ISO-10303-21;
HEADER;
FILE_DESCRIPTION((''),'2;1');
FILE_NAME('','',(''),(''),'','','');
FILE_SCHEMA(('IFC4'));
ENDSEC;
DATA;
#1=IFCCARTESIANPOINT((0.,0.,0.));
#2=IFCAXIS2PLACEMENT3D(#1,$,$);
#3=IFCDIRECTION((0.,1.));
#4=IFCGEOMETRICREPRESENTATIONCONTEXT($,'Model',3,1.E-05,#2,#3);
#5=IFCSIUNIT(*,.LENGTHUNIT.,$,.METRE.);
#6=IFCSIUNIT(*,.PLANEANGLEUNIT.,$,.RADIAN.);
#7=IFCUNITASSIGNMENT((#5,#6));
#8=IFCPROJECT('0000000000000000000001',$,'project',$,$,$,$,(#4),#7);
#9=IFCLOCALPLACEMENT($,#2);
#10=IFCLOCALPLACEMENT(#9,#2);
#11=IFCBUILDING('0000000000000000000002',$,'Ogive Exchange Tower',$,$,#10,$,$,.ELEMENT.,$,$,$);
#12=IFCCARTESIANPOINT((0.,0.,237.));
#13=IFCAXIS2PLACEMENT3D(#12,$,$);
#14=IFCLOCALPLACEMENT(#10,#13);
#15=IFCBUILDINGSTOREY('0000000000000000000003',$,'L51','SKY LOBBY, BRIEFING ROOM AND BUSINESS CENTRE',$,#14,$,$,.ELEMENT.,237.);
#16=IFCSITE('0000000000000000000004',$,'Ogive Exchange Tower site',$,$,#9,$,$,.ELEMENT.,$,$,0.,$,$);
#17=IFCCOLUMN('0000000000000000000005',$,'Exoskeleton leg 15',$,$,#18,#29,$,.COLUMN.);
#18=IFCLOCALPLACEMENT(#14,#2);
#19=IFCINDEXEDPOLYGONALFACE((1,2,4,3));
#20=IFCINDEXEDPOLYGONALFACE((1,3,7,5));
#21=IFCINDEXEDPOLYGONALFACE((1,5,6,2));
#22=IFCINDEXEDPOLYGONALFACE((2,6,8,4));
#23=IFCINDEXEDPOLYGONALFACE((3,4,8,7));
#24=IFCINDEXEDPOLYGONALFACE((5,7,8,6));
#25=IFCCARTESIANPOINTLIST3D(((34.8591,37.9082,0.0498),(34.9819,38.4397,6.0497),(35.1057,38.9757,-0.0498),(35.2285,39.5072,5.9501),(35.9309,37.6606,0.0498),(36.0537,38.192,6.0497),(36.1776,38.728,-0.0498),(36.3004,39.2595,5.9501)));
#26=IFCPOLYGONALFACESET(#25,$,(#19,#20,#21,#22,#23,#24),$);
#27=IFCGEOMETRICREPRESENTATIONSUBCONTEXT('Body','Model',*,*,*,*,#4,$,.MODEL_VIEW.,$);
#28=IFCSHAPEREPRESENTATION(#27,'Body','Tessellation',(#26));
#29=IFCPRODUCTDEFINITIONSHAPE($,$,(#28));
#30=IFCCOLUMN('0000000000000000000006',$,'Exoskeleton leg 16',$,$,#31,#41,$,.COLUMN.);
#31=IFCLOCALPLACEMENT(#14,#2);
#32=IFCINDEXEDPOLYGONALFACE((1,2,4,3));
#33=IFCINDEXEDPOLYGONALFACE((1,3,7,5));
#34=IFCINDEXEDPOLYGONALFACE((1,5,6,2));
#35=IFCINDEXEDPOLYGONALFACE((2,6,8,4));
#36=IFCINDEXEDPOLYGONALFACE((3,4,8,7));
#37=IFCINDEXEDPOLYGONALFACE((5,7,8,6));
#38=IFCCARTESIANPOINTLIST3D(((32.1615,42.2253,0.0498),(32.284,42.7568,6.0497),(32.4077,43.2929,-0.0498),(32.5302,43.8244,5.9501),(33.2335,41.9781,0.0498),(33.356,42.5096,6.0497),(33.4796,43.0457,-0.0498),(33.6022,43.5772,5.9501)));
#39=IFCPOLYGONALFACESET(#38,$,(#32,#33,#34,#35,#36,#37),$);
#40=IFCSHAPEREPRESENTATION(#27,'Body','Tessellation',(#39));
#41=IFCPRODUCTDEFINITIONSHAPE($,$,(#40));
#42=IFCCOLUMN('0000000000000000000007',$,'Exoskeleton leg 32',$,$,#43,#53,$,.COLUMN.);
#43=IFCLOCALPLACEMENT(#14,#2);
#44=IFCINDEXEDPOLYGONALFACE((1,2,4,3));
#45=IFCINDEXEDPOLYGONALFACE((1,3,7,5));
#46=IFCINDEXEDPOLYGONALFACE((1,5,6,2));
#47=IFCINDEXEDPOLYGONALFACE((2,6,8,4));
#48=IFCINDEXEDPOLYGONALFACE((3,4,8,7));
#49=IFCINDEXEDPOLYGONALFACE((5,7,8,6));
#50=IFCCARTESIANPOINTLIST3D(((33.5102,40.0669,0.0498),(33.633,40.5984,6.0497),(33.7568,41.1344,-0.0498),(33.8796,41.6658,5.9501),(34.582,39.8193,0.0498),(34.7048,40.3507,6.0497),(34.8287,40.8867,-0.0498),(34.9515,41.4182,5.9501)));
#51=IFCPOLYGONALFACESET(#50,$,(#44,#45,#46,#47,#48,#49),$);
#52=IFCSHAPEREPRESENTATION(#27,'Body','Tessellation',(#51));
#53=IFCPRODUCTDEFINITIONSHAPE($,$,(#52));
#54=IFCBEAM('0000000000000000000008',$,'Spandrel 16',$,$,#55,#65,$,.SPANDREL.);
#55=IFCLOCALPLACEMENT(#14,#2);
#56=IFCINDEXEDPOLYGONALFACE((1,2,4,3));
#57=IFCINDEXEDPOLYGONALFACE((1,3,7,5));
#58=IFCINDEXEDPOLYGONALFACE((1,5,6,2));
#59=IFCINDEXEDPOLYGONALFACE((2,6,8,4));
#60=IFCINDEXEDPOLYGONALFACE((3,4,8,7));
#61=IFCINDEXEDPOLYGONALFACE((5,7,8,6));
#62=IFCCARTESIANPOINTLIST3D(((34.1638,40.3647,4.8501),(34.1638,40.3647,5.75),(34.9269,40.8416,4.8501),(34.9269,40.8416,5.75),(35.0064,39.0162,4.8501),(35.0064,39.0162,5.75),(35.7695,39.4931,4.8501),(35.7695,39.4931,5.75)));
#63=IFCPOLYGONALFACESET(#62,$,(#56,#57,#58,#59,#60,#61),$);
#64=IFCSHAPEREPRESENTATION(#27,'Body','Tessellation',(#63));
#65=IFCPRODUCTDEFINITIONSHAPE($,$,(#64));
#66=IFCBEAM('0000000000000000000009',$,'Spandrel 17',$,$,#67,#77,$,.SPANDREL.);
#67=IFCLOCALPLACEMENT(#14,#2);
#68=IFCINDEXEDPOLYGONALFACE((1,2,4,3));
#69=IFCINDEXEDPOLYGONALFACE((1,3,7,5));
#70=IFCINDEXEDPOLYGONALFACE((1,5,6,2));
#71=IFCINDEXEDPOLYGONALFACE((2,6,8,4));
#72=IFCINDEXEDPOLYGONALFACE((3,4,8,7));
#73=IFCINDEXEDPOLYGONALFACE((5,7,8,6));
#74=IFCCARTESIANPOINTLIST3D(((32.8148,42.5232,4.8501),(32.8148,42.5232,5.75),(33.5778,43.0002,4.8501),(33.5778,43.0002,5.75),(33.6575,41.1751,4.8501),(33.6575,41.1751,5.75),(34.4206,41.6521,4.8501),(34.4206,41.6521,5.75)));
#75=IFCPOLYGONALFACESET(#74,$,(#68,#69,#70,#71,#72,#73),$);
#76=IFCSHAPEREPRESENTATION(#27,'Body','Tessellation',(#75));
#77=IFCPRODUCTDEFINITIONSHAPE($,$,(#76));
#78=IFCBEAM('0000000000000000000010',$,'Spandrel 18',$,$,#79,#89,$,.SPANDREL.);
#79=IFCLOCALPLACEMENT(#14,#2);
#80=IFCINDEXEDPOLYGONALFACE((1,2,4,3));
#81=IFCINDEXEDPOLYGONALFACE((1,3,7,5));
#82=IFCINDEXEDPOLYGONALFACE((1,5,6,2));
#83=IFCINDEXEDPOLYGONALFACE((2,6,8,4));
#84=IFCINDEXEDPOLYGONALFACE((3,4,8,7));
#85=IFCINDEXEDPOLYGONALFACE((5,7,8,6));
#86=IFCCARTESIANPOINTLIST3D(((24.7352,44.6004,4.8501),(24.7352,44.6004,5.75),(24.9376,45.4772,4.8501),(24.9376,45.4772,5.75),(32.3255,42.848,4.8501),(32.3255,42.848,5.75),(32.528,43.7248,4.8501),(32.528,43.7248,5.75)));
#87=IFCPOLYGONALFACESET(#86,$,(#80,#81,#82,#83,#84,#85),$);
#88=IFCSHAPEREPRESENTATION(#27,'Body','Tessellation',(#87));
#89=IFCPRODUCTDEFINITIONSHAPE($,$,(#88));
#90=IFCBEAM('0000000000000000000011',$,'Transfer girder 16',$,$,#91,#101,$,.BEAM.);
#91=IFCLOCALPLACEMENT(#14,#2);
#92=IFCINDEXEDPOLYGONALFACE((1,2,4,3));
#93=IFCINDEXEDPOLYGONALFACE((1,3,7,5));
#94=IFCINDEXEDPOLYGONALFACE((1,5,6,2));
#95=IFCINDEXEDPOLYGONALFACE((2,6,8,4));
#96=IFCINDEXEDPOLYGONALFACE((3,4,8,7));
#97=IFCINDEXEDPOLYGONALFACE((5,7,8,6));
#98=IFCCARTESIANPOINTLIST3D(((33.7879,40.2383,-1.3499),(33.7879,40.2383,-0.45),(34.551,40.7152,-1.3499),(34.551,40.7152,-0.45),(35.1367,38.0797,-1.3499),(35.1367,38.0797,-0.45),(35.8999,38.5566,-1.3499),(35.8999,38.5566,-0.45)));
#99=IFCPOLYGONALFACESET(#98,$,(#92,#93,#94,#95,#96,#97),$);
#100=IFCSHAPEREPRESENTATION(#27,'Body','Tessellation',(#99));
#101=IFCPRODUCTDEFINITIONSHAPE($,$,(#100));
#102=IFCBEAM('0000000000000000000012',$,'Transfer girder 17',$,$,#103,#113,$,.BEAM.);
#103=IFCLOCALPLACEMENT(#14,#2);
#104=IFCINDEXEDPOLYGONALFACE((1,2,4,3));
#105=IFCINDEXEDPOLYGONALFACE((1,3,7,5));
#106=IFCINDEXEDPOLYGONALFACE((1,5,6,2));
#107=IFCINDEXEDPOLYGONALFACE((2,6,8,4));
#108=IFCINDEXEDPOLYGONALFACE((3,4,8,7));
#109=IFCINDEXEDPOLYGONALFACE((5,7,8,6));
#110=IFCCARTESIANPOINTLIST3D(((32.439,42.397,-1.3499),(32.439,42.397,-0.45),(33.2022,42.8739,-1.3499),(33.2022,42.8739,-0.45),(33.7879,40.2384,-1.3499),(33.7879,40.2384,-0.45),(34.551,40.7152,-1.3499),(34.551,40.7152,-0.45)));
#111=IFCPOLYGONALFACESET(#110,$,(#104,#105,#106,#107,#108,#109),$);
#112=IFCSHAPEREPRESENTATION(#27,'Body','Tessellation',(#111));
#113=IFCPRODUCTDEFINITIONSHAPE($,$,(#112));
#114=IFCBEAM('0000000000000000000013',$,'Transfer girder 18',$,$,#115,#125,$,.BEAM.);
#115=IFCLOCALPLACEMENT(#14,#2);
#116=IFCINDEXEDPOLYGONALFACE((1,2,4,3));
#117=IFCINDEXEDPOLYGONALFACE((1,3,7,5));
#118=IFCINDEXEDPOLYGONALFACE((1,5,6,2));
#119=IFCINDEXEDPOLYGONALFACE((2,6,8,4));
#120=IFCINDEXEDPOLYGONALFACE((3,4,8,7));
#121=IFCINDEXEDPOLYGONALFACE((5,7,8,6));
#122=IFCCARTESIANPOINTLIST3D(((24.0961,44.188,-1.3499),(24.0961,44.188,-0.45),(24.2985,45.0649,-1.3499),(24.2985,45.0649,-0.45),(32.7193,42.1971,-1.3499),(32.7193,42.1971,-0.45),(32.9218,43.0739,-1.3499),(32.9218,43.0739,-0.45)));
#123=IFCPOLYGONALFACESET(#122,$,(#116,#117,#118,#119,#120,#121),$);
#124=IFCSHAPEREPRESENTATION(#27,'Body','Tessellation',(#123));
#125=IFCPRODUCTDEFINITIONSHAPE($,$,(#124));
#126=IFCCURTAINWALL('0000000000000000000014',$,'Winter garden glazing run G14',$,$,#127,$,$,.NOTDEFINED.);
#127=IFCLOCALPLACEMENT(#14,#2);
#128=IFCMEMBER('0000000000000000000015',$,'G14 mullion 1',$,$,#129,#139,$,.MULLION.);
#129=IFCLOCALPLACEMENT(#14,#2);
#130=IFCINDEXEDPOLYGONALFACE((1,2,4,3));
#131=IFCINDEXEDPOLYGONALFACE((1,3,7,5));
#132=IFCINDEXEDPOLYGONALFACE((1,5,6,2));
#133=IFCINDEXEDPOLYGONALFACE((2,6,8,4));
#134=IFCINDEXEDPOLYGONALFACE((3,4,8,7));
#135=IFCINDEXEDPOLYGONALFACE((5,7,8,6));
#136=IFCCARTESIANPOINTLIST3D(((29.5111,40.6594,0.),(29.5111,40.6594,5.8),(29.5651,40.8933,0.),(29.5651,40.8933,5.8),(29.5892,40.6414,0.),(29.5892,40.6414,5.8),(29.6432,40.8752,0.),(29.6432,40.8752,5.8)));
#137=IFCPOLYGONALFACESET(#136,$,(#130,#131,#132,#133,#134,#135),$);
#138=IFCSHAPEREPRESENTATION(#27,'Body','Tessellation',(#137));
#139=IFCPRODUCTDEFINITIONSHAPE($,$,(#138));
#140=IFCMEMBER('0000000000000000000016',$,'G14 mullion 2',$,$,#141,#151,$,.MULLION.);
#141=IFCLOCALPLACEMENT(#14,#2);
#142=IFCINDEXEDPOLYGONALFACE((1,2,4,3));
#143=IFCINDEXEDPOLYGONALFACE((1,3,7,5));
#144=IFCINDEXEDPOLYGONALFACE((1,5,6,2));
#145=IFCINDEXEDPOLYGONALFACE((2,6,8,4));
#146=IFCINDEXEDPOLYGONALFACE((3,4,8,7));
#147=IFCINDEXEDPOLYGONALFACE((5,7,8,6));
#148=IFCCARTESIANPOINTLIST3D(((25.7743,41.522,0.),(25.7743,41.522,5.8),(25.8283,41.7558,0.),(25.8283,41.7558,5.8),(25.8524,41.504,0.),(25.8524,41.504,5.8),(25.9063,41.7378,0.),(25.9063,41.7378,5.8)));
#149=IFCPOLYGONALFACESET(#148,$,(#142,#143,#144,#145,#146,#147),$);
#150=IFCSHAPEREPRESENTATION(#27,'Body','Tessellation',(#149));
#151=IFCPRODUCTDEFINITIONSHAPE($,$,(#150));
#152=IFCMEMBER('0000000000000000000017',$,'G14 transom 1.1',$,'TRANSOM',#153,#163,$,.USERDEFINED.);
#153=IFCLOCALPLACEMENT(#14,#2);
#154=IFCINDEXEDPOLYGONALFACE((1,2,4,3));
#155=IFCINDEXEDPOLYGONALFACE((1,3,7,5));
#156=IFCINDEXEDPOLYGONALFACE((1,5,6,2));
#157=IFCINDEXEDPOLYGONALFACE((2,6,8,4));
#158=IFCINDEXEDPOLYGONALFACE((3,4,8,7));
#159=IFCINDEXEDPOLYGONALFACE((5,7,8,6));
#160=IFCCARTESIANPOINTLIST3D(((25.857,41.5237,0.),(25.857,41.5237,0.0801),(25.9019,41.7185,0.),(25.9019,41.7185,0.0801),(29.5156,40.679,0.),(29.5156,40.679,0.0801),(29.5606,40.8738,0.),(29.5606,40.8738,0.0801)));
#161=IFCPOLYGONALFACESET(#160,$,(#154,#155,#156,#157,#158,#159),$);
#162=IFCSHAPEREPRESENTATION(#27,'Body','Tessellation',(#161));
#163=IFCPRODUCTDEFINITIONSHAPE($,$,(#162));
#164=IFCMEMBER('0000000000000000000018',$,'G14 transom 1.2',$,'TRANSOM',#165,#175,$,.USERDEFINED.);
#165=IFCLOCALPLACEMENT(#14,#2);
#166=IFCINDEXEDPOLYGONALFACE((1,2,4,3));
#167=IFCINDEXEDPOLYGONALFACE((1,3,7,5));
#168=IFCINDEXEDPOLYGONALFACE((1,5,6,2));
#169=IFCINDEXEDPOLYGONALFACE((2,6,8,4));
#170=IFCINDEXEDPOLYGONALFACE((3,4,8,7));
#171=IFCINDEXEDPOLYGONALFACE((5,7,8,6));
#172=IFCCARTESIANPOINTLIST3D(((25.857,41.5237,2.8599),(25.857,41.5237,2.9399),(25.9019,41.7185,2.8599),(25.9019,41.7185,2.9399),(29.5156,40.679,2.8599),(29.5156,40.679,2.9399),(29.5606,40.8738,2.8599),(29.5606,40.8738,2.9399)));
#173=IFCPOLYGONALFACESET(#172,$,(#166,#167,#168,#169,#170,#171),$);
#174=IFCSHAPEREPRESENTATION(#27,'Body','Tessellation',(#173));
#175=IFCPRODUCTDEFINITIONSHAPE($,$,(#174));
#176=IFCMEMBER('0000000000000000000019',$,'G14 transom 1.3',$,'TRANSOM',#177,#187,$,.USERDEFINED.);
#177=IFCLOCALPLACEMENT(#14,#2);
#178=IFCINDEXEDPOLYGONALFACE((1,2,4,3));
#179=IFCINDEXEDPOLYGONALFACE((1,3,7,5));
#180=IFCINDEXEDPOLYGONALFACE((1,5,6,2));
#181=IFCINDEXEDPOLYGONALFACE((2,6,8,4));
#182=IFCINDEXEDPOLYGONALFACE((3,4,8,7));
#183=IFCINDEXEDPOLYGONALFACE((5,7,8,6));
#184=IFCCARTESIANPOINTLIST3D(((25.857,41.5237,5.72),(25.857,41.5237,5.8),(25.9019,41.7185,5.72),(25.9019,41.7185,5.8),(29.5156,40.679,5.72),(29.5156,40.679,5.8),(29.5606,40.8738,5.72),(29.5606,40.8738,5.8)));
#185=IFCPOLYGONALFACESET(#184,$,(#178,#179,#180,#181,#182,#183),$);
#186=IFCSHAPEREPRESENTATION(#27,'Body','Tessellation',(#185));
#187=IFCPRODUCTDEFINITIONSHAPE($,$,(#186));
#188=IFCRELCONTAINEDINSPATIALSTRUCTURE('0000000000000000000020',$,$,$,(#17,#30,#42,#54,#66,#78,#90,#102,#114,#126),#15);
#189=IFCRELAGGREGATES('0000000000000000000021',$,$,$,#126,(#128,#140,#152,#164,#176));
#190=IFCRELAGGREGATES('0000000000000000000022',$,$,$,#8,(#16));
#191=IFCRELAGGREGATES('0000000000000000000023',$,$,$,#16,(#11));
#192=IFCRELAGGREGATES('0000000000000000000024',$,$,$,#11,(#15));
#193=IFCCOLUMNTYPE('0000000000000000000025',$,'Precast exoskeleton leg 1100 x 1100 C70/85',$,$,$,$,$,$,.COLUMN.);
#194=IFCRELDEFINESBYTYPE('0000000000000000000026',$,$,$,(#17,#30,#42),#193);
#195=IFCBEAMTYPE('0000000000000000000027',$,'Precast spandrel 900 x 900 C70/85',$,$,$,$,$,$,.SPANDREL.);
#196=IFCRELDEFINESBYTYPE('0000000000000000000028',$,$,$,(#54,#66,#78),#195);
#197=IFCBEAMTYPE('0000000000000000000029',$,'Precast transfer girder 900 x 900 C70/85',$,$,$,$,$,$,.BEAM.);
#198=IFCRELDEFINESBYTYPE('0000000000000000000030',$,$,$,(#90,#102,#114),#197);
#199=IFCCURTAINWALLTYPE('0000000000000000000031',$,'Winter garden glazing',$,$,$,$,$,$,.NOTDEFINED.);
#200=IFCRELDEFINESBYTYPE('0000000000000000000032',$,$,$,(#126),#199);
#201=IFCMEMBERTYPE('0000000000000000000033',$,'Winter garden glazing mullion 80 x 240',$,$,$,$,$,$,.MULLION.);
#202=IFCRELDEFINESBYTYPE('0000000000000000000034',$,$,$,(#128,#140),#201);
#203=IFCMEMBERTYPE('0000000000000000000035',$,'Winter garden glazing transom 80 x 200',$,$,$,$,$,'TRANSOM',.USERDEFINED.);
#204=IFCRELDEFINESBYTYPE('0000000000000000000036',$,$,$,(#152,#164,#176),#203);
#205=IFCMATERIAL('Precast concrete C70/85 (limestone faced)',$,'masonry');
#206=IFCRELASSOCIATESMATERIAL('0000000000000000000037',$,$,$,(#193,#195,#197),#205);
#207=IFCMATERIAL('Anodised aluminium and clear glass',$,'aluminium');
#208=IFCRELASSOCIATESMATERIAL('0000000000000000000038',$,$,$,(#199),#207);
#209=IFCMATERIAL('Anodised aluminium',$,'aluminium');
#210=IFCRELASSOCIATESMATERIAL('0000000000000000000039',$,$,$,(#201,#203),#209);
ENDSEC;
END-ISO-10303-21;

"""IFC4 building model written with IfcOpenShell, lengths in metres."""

from ifc_helpers import new_model, si_unit, direction, frame, origin, origin_2d, place, context, subcontext, project, spatial, rectangle, extrude, material, material_profile, profile_set, type_object, element, aggregate, save


model = new_model("IFC4")

# Units and contexts
model_context = context("Model", 3, precision=1e-05, world=origin(), true_north=direction((0.0, 1.0)))
body_context = subcontext(model_context, "Body", "Model", "MODEL_VIEW")
ifc_project = project(units=[si_unit("LENGTHUNIT", "METRE"), si_unit("PLANEANGLEUNIT", "RADIAN")], contexts=[model_context])

# Site, building, storey
site_placement = place(None, origin())
site = spatial("IfcSite", under=ifc_project, at=site_placement, Name="Ogive Exchange Tower site", CompositionType="ELEMENT", RefElevation=0.0)
building_placement = place(site_placement, origin())
building = spatial("IfcBuilding", under=site, at=building_placement, Name="Ogive Exchange Tower", CompositionType="ELEMENT")
storey_placement = place(building_placement, frame((0.0, 0.0, 237.0)))
storey = spatial("IfcBuildingStorey", under=building, at=storey_placement, Name="L51", Description="SKY LOBBY, BRIEFING ROOM AND BUSINESS CENTRE", CompositionType="ELEMENT", Elevation=237.0)

# Columns
ifc_material_1 = material(Name="Precast concrete C70/85 (limestone faced)", Category="masonry")
ifc_material_profile_1 = material_profile(ifc_material_1, rectangle(XDim=1.1001, YDim=1.1001, at=origin_2d()), Name="1100 x 1100")
ifc_profile_set_1 = profile_set([ifc_material_profile_1], Name="Precast concrete C70/85 (limestone faced)")
column_type = type_object("IfcColumnType", Name="Precast exoskeleton leg 1100 x 1100 C70/85", PredefinedType="COLUMN", material=ifc_profile_set_1)
for number, where, z_axis, x_axis, name in (
    (1, (35.5183, 38.3181, 0.0), (0.020383, 0.088219, 0.995893), (-0.974331, 0.225121, 0.0), "Exoskeleton leg 15"),
    (2, (32.8206, 42.6355, 0.0), (0.020343, 0.088219, 0.995893), (-0.974429, 0.224696, 0.0), "Exoskeleton leg 16"),
    (3, (34.1694, 40.4768, 0.0), (0.020383, 0.088219, 0.995893), (-0.974331, 0.225121, 0.0), "Exoskeleton leg 32"),
):
    element("IfcColumn", number, at=place(storey_placement, frame(where, z_axis=z_axis, x_axis=x_axis)), inside=storey, type_object=column_type, Name=name, PredefinedType="COLUMN", context=body_context, shape_type="SweptSolid", body=[
        extrude(rectangle(XDim=1.1001, YDim=1.1001, at=origin_2d()), origin(), (0.0, 0.0, 1.0), 6.0247),
    ])

# Beams
ifc_material_profile_2 = material_profile(ifc_material_1, rectangle(XDim=0.8999, YDim=0.8999, at=origin_2d()), Name="900 x 900")
ifc_profile_set_2 = profile_set([ifc_material_profile_2], Name="Precast concrete C70/85 (limestone faced)")
beam_type_1 = type_object("IfcBeamType", Name="Precast spandrel 900 x 900 C70/85", PredefinedType="SPANDREL", material=ifc_profile_set_2)
beam_1_placement = place(storey_placement, frame((35.3879, 39.2546, 5.3), z_axis=(-0.529902, 0.848059, 0.0), x_axis=(-0.848059, -0.529902, 0.0)))
element("IfcBeam", 4, at=beam_1_placement, inside=storey, type_object=beam_type_1, Name="Spandrel 16", PredefinedType="SPANDREL", context=body_context, shape_type="SweptSolid", body=[
    extrude(rectangle(XDim=0.8999, YDim=0.8999, at=origin_2d()), origin(), (0.0, 0.0, 1.0), 1.5901),
])
beam_2_placement = place(storey_placement, frame((34.0391, 41.4136, 5.3), z_axis=(-0.530082, 0.847947, 0.0), x_axis=(-0.847947, -0.530082, 0.0)))
element("IfcBeam", 5, at=beam_2_placement, inside=storey, type_object=beam_type_1, Name="Spandrel 17", PredefinedType="SPANDREL", context=body_context, shape_type="SweptSolid", body=[
    extrude(rectangle(XDim=0.8999, YDim=0.8999, at=origin_2d()), origin(), (0.0, 0.0, 1.0), 1.5898),
])
beam_3_placement = place(storey_placement, frame((32.4268, 43.2864, 5.3), z_axis=(-0.974368, 0.22496, 0.0), x_axis=(-0.22496, -0.974368, 0.0)))
element("IfcBeam", 6, at=beam_3_placement, inside=storey, type_object=beam_type_1, Name="Spandrel 18", PredefinedType="SPANDREL", context=body_context, shape_type="SweptSolid", body=[
    extrude(rectangle(XDim=0.8999, YDim=0.8999, at=origin_2d()), origin(), (0.0, 0.0, 1.0), 7.79),
])
ifc_material_profile_3 = material_profile(ifc_material_1, rectangle(XDim=0.8999, YDim=0.8999, at=origin_2d()), Name="900 x 900")
ifc_profile_set_3 = profile_set([ifc_material_profile_3], Name="Precast concrete C70/85 (limestone faced)")
beam_type_2 = type_object("IfcBeamType", Name="Precast transfer girder 900 x 900 C70/85", PredefinedType="BEAM", material=ifc_profile_set_3)
for number, where, z_axis, x_axis, name in (
    (7, (35.5183, 38.3181, -0.8999), (-0.529913, 0.848052, 0.0), (-0.848052, -0.529913, 0.0), "Transfer girder 16"),
    (8, (34.1694, 40.4768, -0.8999), (-0.529913, 0.848052, 0.0), (-0.848052, -0.529913, 0.0), "Transfer girder 17"),
):
    element("IfcBeam", number, at=place(storey_placement, frame(where, z_axis=z_axis, x_axis=x_axis)), inside=storey, type_object=beam_type_2, Name=name, PredefinedType="BEAM", context=body_context, shape_type="SweptSolid", body=[
        extrude(rectangle(XDim=0.8999, YDim=0.8999, at=origin_2d()), origin(), (0.0, 0.0, 1.0), 2.5454),
    ])
beam_4_placement = place(storey_placement, frame((32.8206, 42.6355, -0.8999), z_axis=(-0.974367, 0.224964, 0.0), x_axis=(-0.224964, -0.974367, 0.0)))
element("IfcBeam", 9, at=beam_4_placement, inside=storey, type_object=beam_type_2, Name="Transfer girder 18", PredefinedType="BEAM", context=body_context, shape_type="SweptSolid", body=[
    extrude(rectangle(XDim=0.8999, YDim=0.8999, at=origin_2d()), origin(), (0.0, 0.0, 1.0), 8.8501),
])

# Curtain wall, members
ifc_material_2 = material(Name="Anodised aluminium and clear glass", Category="aluminium")
curtain_wall_type = type_object("IfcCurtainWallType", Name="Winter garden glazing", PredefinedType="NOTDEFINED", material=ifc_material_2)
curtain_wall_placement = place(storey_placement, origin())
curtain_wall = element("IfcCurtainWall", 10, at=curtain_wall_placement, inside=storey, type_object=curtain_wall_type, Name="Winter garden glazing run G14", PredefinedType="NOTDEFINED")
ifc_material_3 = material(Name="Anodised aluminium", Category="aluminium")
ifc_material_profile_4 = material_profile(ifc_material_3, rectangle(XDim=0.24, YDim=0.0801, at=origin_2d()), Name="AL 80x240")
ifc_profile_set_4 = profile_set([ifc_material_profile_4], Name="Anodised aluminium")
member_type_1 = type_object("IfcMemberType", Name="Winter garden glazing mullion 80 x 240", PredefinedType="MULLION", material=ifc_profile_set_4)
member_1_placement = place(storey_placement, frame((29.5771, 40.7673, 0.0), z_axis=(0.0, 0.0, 1.0), x_axis=(-0.224954, -0.974369, 0.0)))
member_1 = element("IfcMember", 11, at=member_1_placement, type_object=member_type_1, Name="G14 mullion 1", PredefinedType="MULLION", context=body_context, shape_type="SweptSolid", body=[
    extrude(rectangle(XDim=0.24, YDim=0.0801, at=origin_2d()), origin(), (0.0, 0.0, 1.0), 5.8),
])
member_2_placement = place(storey_placement, frame((25.8403, 41.6299, 0.0), z_axis=(0.0, 0.0, 1.0), x_axis=(-0.224954, -0.974369, 0.0)))
member_2 = element("IfcMember", 12, at=member_2_placement, type_object=member_type_1, Name="G14 mullion 2", PredefinedType="MULLION", context=body_context, shape_type="SweptSolid", body=[
    extrude(rectangle(XDim=0.24, YDim=0.0801, at=origin_2d()), origin(), (0.0, 0.0, 1.0), 5.8),
])
ifc_material_profile_5 = material_profile(ifc_material_3, rectangle(XDim=0.2, YDim=0.0801, at=origin_2d()), Name="AL 80x200")
ifc_profile_set_5 = profile_set([ifc_material_profile_5], Name="Anodised aluminium")
member_type_2 = type_object("IfcMemberType", Name="Winter garden glazing transom 80 x 200", ElementType="TRANSOM", PredefinedType="USERDEFINED", material=ifc_profile_set_5)
member_3_placement = place(storey_placement, frame((29.5381, 40.7764, 0.04), z_axis=(-0.974367, 0.224964, 0.0), x_axis=(-0.224964, -0.974367, 0.0)))
member_3 = element("IfcMember", 13, at=member_3_placement, type_object=member_type_2, Name="G14 transom 1.1", ObjectType="TRANSOM", PredefinedType="USERDEFINED", context=body_context, shape_type="SweptSolid", body=[
    extrude(rectangle(XDim=0.2, YDim=0.0801, at=origin_2d()), origin(), (0.0, 0.0, 1.0), 3.7549),
])
member_4_placement = place(storey_placement, frame((29.5381, 40.7764, 2.8999), z_axis=(-0.974367, 0.224964, 0.0), x_axis=(-0.224964, -0.974367, 0.0)))
member_4 = element("IfcMember", 14, at=member_4_placement, type_object=member_type_2, Name="G14 transom 1.2", ObjectType="TRANSOM", PredefinedType="USERDEFINED", context=body_context, shape_type="SweptSolid", body=[
    extrude(rectangle(XDim=0.2, YDim=0.0801, at=origin_2d()), origin(), (0.0, 0.0, 1.0), 3.7549),
])
member_5_placement = place(storey_placement, frame((29.5381, 40.7764, 5.76), z_axis=(-0.974367, 0.224964, 0.0), x_axis=(-0.224964, -0.974367, 0.0)))
member_5 = element("IfcMember", 15, at=member_5_placement, type_object=member_type_2, Name="G14 transom 1.3", ObjectType="TRANSOM", PredefinedType="USERDEFINED", context=body_context, shape_type="SweptSolid", body=[
    extrude(rectangle(XDim=0.2, YDim=0.0801, at=origin_2d()), origin(), (0.0, 0.0, 1.0), 3.7549),
])
aggregate(curtain_wall, [member_1, member_2, member_3, member_4, member_5])

save(model, "model.ifc")
